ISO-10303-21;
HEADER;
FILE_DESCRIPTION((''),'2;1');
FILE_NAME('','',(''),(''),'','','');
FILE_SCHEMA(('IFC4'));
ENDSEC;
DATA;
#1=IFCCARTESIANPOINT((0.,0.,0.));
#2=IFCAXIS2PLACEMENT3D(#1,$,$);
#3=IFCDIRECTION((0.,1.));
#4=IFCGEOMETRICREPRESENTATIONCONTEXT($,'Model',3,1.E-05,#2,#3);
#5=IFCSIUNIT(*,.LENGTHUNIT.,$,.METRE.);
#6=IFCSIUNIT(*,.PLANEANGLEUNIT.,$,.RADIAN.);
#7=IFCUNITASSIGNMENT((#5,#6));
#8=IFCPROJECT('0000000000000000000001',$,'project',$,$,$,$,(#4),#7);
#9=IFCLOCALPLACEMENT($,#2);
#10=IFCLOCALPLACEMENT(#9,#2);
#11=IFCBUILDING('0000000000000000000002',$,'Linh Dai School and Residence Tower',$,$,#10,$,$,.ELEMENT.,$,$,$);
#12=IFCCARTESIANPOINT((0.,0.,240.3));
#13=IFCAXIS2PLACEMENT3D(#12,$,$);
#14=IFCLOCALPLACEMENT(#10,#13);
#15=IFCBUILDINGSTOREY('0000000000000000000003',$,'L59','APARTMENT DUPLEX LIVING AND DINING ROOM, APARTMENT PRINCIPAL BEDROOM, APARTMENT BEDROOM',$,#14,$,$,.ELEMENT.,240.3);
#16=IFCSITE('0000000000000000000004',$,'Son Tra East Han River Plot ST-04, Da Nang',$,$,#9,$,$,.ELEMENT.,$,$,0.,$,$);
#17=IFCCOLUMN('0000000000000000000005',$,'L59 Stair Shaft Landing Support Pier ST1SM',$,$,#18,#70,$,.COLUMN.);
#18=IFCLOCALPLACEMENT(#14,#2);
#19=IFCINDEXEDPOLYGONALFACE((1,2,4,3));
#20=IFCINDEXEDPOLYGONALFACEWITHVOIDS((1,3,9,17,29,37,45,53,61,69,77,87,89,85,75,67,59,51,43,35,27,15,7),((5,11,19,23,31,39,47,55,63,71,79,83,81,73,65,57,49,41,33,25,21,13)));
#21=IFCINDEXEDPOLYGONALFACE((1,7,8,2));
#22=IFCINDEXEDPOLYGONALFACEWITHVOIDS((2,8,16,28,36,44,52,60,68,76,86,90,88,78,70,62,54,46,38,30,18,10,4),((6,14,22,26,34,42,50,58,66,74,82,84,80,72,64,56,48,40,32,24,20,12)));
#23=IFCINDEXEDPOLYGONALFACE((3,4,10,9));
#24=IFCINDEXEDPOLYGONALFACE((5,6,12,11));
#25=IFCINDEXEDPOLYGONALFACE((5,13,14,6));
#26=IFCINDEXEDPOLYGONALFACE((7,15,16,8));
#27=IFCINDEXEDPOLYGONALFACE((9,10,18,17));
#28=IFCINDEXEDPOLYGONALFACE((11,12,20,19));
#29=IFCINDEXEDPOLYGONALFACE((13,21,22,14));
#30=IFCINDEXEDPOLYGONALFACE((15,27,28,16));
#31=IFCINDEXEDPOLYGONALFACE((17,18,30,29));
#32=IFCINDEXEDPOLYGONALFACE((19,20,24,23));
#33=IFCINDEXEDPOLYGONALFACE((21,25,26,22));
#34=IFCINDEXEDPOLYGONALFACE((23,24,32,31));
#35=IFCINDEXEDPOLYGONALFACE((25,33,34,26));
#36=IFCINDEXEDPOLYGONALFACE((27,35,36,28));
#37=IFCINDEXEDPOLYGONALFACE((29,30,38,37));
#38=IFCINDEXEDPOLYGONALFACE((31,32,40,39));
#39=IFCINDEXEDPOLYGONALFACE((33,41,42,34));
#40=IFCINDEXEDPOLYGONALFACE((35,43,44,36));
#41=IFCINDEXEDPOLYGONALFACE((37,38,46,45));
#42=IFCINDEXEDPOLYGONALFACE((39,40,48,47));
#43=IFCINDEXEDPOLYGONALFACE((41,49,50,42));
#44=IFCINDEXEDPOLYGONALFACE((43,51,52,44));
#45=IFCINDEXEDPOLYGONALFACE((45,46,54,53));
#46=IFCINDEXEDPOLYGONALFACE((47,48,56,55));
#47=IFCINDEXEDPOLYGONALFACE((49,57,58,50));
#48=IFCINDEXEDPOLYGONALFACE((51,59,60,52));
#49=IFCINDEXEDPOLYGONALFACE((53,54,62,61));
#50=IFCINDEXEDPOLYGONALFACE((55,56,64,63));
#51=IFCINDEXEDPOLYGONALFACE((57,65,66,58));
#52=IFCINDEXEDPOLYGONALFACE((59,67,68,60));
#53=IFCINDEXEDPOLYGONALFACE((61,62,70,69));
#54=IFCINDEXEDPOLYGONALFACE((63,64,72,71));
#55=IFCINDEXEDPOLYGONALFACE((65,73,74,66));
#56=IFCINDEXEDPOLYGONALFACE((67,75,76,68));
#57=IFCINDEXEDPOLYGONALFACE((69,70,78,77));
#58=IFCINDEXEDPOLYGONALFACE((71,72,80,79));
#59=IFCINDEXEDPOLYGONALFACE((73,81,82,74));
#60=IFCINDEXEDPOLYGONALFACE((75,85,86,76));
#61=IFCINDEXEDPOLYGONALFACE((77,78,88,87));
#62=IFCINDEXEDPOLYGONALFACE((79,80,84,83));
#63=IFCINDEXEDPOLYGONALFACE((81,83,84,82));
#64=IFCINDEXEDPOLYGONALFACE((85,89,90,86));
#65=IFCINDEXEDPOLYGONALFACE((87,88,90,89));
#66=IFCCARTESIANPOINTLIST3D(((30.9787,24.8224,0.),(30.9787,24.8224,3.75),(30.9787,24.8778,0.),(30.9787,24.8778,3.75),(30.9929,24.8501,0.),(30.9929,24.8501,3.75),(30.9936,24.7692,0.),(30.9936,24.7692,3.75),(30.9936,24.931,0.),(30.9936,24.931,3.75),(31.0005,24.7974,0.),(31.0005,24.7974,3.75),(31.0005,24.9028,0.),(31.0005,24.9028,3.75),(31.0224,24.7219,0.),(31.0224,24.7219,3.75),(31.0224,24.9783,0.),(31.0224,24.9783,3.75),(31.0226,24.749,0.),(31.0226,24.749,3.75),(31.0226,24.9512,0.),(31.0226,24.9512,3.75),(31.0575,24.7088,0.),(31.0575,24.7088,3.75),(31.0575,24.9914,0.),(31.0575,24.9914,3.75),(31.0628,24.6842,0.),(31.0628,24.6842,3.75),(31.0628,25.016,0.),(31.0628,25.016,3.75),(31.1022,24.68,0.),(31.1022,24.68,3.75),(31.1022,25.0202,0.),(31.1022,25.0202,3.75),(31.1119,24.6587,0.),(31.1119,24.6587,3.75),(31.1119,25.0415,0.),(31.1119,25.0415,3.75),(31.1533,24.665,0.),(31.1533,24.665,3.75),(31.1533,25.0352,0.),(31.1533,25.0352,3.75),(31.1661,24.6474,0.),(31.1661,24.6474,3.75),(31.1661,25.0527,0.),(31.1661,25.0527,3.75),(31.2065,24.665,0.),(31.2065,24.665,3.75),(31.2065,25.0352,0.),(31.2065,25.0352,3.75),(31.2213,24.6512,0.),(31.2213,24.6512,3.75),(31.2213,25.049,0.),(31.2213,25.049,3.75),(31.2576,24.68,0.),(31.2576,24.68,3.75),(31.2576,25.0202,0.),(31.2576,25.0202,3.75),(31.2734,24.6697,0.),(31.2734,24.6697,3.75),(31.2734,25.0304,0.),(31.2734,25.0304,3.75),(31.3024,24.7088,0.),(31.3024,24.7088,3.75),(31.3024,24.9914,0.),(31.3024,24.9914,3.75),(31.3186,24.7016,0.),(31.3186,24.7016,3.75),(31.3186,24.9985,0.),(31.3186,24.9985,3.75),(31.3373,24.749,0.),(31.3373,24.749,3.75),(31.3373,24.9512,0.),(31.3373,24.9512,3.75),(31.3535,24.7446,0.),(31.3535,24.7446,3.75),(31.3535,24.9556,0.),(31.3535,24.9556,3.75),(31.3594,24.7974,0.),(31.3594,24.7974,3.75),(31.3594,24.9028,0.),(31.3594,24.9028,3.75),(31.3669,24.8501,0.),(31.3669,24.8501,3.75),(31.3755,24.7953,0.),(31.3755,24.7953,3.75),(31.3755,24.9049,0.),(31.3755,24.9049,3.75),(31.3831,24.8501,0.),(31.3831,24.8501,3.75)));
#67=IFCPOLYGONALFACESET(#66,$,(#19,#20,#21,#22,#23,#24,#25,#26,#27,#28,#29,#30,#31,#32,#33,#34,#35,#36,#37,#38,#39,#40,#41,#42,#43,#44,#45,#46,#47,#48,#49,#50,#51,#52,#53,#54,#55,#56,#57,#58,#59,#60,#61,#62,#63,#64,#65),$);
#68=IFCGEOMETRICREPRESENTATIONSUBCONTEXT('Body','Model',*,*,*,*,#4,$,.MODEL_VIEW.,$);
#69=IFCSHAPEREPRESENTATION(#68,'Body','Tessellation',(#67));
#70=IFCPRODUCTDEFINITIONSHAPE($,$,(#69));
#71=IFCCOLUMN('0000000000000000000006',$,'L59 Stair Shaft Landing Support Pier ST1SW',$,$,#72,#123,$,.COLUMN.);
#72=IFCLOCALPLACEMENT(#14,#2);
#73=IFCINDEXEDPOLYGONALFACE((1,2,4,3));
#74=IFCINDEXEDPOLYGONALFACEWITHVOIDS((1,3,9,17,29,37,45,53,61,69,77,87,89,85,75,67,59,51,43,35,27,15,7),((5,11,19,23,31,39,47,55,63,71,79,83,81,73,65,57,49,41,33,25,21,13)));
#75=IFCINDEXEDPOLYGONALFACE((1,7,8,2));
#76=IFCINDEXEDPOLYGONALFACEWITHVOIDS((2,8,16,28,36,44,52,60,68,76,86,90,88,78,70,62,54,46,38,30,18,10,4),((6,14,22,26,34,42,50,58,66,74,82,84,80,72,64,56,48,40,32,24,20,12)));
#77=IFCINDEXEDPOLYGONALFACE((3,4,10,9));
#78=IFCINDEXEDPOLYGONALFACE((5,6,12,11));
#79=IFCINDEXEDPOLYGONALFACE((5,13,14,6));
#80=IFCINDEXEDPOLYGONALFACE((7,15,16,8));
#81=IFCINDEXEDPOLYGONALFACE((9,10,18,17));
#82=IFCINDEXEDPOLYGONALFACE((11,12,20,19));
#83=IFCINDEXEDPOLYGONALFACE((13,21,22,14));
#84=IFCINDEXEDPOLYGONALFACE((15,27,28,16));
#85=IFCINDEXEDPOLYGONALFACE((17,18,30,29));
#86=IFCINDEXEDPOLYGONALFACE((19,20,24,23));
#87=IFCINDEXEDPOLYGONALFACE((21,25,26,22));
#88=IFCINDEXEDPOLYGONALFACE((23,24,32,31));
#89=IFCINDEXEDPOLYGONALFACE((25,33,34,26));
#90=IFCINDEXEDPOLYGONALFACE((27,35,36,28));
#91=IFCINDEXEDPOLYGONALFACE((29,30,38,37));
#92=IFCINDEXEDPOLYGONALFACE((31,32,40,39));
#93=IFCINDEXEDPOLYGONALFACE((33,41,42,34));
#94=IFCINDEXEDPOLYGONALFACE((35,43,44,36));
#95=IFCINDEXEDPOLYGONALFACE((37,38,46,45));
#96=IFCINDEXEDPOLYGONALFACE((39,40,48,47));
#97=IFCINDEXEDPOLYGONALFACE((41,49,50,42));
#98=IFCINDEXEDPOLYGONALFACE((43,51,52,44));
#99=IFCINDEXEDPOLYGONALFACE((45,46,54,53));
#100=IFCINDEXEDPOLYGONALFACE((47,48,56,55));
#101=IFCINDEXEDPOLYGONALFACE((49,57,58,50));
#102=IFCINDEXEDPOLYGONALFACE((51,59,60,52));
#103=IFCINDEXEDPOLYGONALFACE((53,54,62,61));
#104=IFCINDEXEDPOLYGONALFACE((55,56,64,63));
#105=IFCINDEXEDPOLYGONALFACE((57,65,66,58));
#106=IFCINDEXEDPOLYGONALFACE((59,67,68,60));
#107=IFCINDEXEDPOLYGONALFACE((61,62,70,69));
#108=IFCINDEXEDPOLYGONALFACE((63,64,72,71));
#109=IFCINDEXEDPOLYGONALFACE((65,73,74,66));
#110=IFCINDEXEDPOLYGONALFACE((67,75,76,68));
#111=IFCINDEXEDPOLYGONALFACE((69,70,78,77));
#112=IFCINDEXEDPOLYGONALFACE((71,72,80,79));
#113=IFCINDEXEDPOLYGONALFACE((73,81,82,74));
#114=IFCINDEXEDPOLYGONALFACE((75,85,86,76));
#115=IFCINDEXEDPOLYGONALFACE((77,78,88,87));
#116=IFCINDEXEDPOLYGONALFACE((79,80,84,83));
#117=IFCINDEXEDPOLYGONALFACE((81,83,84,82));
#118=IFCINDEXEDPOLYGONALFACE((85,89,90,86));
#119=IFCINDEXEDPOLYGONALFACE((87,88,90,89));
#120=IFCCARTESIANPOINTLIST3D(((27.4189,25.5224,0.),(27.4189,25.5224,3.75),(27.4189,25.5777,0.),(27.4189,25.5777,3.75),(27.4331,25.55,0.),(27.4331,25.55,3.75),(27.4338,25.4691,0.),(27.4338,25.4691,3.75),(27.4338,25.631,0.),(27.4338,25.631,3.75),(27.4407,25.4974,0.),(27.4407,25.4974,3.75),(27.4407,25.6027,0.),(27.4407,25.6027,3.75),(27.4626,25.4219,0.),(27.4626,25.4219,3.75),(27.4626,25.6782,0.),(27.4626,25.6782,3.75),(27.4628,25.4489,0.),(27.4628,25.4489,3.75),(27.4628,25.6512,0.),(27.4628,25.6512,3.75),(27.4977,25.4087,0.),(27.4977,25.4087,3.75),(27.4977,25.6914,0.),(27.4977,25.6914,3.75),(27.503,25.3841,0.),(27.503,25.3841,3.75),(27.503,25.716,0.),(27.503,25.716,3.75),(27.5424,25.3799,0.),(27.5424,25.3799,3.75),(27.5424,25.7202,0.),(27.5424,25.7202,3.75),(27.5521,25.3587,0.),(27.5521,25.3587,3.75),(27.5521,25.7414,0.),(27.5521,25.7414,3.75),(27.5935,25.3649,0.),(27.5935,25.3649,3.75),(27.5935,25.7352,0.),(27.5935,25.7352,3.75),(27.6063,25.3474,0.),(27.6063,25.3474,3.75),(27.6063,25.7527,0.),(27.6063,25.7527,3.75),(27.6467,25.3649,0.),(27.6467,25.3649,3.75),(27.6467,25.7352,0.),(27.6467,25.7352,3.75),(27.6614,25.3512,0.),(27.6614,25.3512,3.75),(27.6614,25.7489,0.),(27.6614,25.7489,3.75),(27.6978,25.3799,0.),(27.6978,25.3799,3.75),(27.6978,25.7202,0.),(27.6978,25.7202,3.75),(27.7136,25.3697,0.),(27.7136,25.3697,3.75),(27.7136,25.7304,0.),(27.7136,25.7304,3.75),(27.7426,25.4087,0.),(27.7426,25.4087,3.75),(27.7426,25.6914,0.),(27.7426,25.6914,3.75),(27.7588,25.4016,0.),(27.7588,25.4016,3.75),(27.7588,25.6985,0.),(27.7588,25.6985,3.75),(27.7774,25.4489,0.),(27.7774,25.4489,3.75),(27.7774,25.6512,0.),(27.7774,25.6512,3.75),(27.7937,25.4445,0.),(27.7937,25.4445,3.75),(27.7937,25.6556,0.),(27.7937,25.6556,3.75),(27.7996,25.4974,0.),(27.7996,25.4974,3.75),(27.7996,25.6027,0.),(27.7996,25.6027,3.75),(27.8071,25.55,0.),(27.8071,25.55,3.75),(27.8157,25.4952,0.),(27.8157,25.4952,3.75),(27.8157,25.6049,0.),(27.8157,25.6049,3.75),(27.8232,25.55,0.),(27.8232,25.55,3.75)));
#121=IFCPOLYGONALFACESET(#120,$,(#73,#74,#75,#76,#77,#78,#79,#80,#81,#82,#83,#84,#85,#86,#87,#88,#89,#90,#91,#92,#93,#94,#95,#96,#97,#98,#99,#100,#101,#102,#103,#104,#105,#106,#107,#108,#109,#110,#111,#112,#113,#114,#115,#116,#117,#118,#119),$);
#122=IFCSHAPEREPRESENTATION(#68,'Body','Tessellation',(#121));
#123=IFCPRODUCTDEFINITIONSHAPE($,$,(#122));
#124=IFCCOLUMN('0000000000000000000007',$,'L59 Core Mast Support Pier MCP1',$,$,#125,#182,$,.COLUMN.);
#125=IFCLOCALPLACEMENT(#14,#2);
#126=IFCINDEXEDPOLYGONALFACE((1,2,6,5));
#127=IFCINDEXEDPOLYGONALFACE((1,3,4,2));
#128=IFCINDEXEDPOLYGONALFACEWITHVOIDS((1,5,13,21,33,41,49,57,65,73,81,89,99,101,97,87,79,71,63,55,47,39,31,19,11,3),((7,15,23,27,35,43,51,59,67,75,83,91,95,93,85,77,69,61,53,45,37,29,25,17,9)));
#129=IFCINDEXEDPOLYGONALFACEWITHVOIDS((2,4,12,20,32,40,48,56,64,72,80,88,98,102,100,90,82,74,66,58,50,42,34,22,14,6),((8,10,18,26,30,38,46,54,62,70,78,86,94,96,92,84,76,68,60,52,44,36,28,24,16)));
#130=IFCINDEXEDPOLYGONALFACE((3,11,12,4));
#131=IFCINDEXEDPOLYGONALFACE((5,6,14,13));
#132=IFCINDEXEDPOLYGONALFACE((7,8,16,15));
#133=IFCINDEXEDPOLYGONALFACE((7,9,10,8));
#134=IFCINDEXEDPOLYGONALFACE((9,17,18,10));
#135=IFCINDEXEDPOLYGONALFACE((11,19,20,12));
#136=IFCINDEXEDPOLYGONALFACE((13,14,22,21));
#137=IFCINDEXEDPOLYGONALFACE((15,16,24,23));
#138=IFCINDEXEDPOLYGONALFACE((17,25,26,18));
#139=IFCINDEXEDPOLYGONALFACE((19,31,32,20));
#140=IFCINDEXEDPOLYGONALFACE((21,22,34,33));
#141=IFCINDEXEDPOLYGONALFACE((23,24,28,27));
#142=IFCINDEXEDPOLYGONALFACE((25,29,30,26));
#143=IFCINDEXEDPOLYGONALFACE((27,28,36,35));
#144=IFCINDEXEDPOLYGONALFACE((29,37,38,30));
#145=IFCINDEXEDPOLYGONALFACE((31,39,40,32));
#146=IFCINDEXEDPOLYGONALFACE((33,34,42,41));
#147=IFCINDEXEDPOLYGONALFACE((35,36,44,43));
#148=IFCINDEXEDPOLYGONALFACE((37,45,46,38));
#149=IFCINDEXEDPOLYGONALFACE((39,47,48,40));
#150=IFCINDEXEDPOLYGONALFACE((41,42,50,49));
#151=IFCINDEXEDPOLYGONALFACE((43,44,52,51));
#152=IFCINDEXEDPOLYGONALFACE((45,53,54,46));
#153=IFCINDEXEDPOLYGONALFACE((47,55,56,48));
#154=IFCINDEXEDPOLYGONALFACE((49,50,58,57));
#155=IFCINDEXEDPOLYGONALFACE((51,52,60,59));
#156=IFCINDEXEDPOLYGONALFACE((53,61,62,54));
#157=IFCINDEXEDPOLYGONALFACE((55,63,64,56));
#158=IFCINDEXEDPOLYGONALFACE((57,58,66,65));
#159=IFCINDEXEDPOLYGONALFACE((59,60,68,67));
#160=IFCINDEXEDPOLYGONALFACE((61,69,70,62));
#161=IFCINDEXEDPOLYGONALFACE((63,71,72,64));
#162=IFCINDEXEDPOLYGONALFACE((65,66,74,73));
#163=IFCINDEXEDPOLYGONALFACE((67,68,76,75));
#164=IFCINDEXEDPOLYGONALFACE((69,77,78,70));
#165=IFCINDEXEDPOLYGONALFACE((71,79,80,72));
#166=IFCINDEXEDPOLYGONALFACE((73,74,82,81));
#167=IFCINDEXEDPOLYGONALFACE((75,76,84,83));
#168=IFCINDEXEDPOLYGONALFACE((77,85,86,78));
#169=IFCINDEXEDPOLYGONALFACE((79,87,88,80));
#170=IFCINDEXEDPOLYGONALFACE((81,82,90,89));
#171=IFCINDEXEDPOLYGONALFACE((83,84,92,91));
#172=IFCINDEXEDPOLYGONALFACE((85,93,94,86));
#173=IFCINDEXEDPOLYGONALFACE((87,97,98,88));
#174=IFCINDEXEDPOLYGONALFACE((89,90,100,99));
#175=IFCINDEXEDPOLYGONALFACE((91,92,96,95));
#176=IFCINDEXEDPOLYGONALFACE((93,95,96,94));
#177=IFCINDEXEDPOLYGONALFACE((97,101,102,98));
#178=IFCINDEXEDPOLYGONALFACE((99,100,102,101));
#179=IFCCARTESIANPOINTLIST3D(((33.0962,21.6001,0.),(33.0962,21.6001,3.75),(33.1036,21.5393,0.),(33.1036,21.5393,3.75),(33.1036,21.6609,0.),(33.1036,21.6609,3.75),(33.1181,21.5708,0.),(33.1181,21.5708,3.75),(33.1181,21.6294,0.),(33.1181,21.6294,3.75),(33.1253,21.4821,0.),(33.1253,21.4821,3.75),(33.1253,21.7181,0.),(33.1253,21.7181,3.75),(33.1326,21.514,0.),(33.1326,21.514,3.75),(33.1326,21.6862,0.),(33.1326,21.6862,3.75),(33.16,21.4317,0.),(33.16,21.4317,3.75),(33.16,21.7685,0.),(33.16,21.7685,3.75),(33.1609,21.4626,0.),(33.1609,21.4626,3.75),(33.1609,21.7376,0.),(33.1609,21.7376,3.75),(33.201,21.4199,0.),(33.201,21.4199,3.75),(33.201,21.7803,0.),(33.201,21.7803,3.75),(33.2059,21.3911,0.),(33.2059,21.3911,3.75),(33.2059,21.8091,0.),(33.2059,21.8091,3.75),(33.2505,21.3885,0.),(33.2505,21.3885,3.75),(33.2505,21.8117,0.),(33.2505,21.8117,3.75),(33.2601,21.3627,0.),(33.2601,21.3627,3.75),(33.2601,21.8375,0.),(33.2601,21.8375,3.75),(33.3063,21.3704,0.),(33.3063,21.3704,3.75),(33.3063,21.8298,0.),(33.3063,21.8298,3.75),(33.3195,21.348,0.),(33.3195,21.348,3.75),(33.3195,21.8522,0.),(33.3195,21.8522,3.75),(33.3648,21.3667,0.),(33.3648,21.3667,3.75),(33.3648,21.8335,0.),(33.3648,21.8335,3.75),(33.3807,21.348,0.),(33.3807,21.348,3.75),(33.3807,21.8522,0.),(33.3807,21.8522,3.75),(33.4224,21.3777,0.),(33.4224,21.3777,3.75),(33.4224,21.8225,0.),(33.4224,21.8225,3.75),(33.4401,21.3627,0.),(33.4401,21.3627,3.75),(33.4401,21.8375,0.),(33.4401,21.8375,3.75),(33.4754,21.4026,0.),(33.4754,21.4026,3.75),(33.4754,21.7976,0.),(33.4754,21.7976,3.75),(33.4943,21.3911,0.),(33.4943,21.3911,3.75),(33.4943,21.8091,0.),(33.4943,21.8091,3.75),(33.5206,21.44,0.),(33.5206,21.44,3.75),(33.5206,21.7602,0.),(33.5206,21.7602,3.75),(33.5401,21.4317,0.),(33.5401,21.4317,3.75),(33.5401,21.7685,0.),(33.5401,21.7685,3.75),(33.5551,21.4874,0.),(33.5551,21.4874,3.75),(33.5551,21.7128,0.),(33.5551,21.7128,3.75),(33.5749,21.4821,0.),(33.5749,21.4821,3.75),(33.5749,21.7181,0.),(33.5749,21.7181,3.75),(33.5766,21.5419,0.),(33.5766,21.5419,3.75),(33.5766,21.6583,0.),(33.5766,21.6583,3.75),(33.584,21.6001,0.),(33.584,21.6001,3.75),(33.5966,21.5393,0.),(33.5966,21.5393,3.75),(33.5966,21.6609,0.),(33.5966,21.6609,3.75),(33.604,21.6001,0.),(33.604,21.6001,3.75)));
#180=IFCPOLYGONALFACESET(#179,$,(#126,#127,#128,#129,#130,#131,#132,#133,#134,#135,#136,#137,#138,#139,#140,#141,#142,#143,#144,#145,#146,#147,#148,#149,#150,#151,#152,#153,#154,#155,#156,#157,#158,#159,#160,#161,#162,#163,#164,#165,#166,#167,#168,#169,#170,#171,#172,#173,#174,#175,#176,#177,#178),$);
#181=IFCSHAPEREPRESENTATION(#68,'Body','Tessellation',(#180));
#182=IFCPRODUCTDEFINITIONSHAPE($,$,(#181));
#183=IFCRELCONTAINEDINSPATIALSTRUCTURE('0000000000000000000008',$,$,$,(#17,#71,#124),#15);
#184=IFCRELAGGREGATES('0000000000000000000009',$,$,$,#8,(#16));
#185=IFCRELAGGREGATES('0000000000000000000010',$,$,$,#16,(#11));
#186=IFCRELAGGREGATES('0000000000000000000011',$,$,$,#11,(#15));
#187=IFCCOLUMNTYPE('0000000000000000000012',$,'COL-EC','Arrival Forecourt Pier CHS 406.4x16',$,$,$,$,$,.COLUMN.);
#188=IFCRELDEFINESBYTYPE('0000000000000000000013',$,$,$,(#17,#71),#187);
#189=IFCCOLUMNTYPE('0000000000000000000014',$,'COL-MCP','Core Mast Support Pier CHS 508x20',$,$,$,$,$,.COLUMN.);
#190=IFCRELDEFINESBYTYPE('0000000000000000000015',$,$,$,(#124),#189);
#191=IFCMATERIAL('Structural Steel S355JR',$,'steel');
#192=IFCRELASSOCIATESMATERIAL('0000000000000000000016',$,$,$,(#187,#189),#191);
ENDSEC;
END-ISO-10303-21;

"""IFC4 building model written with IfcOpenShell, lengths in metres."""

from ifc_helpers import new_model, si_unit, direction, frame, origin, origin_2d, place, context, subcontext, project, spatial, hollow_circle, extrude, material, material_profile, profile_set, type_object, element, save


model = new_model("IFC4")

# Units and contexts
model_context = context("Model", 3, precision=1e-05, world=origin(), true_north=direction((0.0, 1.0)))
body_context = subcontext(model_context, "Body", "Model", "MODEL_VIEW")
ifc_project = project(units=[si_unit("LENGTHUNIT", "METRE"), si_unit("PLANEANGLEUNIT", "RADIAN")], contexts=[model_context])

# Site, building, storey
site_placement = place(None, origin())
site = spatial("IfcSite", under=ifc_project, at=site_placement, Name="Son Tra East Han River Plot ST-04, Da Nang", CompositionType="ELEMENT", RefElevation=0.0)
building_placement = place(site_placement, origin())
building = spatial("IfcBuilding", under=site, at=building_placement, Name="Linh Dai School and Residence Tower", CompositionType="ELEMENT")
storey_placement = place(building_placement, frame((0.0, 0.0, 240.3)))
storey = spatial("IfcBuildingStorey", under=building, at=storey_placement, Name="L59", Description="APARTMENT DUPLEX LIVING AND DINING ROOM, APARTMENT PRINCIPAL BEDROOM, APARTMENT BEDROOM", CompositionType="ELEMENT", Elevation=240.3)

# Columns
ifc_material_1 = material(Name="Structural Steel S355JR", Category="steel")
ifc_material_profile_1 = material_profile(ifc_material_1, hollow_circle(Radius=0.2031, WallThickness=0.0161, at=origin_2d()), Name="CHS 406.4x16")
ifc_profile_set_1 = profile_set([ifc_material_profile_1], Name="Structural Steel S355JR")
column_type_1 = type_object("IfcColumnType", Name="COL-EC", Description="Arrival Forecourt Pier CHS 406.4x16", PredefinedType="COLUMN", material=ifc_profile_set_1)
for number, where, z_axis, x_axis, name in (
    (1, (31.1799, 24.8501, 0.0), (0.0, 0.0, 1.0), (1.0, 0.0, 0.0), "L59 Stair Shaft Landing Support Pier ST1SM"),
    (2, (27.6201, 25.55, 0.0), (0.0, 0.0, 1.0), (1.0, 0.0, 0.0), "L59 Stair Shaft Landing Support Pier ST1SW"),
):
    element("IfcColumn", number, at=place(storey_placement, frame(where, z_axis=z_axis, x_axis=x_axis)), inside=storey, type_object=column_type_1, Name=name, PredefinedType="COLUMN", context=body_context, shape_type="SweptSolid", body=[
        extrude(hollow_circle(Radius=0.2031, WallThickness=0.0161, at=origin_2d()), origin(), (0.0, 0.0, 1.0), 3.75),
    ])
ifc_material_profile_2 = material_profile(ifc_material_1, hollow_circle(Radius=0.2539, WallThickness=0.02, at=origin_2d()), Name="CHS 508x20")
ifc_profile_set_2 = profile_set([ifc_material_profile_2], Name="Structural Steel S355JR")
column_type_2 = type_object("IfcColumnType", Name="COL-MCP", Description="Core Mast Support Pier CHS 508x20", PredefinedType="COLUMN", material=ifc_profile_set_2)
column_placement = place(storey_placement, frame((33.3501, 21.6001, 0.0), z_axis=(0.0, 0.0, 1.0), x_axis=(1.0, 0.0, 0.0)))
element("IfcColumn", 3, at=column_placement, inside=storey, type_object=column_type_2, Name="L59 Core Mast Support Pier MCP1", PredefinedType="COLUMN", context=body_context, shape_type="SweptSolid", body=[
    extrude(hollow_circle(Radius=0.2539, WallThickness=0.02, at=origin_2d()), origin(), (0.0, 0.0, 1.0), 3.75),
])

save(model, "model.ifc")
